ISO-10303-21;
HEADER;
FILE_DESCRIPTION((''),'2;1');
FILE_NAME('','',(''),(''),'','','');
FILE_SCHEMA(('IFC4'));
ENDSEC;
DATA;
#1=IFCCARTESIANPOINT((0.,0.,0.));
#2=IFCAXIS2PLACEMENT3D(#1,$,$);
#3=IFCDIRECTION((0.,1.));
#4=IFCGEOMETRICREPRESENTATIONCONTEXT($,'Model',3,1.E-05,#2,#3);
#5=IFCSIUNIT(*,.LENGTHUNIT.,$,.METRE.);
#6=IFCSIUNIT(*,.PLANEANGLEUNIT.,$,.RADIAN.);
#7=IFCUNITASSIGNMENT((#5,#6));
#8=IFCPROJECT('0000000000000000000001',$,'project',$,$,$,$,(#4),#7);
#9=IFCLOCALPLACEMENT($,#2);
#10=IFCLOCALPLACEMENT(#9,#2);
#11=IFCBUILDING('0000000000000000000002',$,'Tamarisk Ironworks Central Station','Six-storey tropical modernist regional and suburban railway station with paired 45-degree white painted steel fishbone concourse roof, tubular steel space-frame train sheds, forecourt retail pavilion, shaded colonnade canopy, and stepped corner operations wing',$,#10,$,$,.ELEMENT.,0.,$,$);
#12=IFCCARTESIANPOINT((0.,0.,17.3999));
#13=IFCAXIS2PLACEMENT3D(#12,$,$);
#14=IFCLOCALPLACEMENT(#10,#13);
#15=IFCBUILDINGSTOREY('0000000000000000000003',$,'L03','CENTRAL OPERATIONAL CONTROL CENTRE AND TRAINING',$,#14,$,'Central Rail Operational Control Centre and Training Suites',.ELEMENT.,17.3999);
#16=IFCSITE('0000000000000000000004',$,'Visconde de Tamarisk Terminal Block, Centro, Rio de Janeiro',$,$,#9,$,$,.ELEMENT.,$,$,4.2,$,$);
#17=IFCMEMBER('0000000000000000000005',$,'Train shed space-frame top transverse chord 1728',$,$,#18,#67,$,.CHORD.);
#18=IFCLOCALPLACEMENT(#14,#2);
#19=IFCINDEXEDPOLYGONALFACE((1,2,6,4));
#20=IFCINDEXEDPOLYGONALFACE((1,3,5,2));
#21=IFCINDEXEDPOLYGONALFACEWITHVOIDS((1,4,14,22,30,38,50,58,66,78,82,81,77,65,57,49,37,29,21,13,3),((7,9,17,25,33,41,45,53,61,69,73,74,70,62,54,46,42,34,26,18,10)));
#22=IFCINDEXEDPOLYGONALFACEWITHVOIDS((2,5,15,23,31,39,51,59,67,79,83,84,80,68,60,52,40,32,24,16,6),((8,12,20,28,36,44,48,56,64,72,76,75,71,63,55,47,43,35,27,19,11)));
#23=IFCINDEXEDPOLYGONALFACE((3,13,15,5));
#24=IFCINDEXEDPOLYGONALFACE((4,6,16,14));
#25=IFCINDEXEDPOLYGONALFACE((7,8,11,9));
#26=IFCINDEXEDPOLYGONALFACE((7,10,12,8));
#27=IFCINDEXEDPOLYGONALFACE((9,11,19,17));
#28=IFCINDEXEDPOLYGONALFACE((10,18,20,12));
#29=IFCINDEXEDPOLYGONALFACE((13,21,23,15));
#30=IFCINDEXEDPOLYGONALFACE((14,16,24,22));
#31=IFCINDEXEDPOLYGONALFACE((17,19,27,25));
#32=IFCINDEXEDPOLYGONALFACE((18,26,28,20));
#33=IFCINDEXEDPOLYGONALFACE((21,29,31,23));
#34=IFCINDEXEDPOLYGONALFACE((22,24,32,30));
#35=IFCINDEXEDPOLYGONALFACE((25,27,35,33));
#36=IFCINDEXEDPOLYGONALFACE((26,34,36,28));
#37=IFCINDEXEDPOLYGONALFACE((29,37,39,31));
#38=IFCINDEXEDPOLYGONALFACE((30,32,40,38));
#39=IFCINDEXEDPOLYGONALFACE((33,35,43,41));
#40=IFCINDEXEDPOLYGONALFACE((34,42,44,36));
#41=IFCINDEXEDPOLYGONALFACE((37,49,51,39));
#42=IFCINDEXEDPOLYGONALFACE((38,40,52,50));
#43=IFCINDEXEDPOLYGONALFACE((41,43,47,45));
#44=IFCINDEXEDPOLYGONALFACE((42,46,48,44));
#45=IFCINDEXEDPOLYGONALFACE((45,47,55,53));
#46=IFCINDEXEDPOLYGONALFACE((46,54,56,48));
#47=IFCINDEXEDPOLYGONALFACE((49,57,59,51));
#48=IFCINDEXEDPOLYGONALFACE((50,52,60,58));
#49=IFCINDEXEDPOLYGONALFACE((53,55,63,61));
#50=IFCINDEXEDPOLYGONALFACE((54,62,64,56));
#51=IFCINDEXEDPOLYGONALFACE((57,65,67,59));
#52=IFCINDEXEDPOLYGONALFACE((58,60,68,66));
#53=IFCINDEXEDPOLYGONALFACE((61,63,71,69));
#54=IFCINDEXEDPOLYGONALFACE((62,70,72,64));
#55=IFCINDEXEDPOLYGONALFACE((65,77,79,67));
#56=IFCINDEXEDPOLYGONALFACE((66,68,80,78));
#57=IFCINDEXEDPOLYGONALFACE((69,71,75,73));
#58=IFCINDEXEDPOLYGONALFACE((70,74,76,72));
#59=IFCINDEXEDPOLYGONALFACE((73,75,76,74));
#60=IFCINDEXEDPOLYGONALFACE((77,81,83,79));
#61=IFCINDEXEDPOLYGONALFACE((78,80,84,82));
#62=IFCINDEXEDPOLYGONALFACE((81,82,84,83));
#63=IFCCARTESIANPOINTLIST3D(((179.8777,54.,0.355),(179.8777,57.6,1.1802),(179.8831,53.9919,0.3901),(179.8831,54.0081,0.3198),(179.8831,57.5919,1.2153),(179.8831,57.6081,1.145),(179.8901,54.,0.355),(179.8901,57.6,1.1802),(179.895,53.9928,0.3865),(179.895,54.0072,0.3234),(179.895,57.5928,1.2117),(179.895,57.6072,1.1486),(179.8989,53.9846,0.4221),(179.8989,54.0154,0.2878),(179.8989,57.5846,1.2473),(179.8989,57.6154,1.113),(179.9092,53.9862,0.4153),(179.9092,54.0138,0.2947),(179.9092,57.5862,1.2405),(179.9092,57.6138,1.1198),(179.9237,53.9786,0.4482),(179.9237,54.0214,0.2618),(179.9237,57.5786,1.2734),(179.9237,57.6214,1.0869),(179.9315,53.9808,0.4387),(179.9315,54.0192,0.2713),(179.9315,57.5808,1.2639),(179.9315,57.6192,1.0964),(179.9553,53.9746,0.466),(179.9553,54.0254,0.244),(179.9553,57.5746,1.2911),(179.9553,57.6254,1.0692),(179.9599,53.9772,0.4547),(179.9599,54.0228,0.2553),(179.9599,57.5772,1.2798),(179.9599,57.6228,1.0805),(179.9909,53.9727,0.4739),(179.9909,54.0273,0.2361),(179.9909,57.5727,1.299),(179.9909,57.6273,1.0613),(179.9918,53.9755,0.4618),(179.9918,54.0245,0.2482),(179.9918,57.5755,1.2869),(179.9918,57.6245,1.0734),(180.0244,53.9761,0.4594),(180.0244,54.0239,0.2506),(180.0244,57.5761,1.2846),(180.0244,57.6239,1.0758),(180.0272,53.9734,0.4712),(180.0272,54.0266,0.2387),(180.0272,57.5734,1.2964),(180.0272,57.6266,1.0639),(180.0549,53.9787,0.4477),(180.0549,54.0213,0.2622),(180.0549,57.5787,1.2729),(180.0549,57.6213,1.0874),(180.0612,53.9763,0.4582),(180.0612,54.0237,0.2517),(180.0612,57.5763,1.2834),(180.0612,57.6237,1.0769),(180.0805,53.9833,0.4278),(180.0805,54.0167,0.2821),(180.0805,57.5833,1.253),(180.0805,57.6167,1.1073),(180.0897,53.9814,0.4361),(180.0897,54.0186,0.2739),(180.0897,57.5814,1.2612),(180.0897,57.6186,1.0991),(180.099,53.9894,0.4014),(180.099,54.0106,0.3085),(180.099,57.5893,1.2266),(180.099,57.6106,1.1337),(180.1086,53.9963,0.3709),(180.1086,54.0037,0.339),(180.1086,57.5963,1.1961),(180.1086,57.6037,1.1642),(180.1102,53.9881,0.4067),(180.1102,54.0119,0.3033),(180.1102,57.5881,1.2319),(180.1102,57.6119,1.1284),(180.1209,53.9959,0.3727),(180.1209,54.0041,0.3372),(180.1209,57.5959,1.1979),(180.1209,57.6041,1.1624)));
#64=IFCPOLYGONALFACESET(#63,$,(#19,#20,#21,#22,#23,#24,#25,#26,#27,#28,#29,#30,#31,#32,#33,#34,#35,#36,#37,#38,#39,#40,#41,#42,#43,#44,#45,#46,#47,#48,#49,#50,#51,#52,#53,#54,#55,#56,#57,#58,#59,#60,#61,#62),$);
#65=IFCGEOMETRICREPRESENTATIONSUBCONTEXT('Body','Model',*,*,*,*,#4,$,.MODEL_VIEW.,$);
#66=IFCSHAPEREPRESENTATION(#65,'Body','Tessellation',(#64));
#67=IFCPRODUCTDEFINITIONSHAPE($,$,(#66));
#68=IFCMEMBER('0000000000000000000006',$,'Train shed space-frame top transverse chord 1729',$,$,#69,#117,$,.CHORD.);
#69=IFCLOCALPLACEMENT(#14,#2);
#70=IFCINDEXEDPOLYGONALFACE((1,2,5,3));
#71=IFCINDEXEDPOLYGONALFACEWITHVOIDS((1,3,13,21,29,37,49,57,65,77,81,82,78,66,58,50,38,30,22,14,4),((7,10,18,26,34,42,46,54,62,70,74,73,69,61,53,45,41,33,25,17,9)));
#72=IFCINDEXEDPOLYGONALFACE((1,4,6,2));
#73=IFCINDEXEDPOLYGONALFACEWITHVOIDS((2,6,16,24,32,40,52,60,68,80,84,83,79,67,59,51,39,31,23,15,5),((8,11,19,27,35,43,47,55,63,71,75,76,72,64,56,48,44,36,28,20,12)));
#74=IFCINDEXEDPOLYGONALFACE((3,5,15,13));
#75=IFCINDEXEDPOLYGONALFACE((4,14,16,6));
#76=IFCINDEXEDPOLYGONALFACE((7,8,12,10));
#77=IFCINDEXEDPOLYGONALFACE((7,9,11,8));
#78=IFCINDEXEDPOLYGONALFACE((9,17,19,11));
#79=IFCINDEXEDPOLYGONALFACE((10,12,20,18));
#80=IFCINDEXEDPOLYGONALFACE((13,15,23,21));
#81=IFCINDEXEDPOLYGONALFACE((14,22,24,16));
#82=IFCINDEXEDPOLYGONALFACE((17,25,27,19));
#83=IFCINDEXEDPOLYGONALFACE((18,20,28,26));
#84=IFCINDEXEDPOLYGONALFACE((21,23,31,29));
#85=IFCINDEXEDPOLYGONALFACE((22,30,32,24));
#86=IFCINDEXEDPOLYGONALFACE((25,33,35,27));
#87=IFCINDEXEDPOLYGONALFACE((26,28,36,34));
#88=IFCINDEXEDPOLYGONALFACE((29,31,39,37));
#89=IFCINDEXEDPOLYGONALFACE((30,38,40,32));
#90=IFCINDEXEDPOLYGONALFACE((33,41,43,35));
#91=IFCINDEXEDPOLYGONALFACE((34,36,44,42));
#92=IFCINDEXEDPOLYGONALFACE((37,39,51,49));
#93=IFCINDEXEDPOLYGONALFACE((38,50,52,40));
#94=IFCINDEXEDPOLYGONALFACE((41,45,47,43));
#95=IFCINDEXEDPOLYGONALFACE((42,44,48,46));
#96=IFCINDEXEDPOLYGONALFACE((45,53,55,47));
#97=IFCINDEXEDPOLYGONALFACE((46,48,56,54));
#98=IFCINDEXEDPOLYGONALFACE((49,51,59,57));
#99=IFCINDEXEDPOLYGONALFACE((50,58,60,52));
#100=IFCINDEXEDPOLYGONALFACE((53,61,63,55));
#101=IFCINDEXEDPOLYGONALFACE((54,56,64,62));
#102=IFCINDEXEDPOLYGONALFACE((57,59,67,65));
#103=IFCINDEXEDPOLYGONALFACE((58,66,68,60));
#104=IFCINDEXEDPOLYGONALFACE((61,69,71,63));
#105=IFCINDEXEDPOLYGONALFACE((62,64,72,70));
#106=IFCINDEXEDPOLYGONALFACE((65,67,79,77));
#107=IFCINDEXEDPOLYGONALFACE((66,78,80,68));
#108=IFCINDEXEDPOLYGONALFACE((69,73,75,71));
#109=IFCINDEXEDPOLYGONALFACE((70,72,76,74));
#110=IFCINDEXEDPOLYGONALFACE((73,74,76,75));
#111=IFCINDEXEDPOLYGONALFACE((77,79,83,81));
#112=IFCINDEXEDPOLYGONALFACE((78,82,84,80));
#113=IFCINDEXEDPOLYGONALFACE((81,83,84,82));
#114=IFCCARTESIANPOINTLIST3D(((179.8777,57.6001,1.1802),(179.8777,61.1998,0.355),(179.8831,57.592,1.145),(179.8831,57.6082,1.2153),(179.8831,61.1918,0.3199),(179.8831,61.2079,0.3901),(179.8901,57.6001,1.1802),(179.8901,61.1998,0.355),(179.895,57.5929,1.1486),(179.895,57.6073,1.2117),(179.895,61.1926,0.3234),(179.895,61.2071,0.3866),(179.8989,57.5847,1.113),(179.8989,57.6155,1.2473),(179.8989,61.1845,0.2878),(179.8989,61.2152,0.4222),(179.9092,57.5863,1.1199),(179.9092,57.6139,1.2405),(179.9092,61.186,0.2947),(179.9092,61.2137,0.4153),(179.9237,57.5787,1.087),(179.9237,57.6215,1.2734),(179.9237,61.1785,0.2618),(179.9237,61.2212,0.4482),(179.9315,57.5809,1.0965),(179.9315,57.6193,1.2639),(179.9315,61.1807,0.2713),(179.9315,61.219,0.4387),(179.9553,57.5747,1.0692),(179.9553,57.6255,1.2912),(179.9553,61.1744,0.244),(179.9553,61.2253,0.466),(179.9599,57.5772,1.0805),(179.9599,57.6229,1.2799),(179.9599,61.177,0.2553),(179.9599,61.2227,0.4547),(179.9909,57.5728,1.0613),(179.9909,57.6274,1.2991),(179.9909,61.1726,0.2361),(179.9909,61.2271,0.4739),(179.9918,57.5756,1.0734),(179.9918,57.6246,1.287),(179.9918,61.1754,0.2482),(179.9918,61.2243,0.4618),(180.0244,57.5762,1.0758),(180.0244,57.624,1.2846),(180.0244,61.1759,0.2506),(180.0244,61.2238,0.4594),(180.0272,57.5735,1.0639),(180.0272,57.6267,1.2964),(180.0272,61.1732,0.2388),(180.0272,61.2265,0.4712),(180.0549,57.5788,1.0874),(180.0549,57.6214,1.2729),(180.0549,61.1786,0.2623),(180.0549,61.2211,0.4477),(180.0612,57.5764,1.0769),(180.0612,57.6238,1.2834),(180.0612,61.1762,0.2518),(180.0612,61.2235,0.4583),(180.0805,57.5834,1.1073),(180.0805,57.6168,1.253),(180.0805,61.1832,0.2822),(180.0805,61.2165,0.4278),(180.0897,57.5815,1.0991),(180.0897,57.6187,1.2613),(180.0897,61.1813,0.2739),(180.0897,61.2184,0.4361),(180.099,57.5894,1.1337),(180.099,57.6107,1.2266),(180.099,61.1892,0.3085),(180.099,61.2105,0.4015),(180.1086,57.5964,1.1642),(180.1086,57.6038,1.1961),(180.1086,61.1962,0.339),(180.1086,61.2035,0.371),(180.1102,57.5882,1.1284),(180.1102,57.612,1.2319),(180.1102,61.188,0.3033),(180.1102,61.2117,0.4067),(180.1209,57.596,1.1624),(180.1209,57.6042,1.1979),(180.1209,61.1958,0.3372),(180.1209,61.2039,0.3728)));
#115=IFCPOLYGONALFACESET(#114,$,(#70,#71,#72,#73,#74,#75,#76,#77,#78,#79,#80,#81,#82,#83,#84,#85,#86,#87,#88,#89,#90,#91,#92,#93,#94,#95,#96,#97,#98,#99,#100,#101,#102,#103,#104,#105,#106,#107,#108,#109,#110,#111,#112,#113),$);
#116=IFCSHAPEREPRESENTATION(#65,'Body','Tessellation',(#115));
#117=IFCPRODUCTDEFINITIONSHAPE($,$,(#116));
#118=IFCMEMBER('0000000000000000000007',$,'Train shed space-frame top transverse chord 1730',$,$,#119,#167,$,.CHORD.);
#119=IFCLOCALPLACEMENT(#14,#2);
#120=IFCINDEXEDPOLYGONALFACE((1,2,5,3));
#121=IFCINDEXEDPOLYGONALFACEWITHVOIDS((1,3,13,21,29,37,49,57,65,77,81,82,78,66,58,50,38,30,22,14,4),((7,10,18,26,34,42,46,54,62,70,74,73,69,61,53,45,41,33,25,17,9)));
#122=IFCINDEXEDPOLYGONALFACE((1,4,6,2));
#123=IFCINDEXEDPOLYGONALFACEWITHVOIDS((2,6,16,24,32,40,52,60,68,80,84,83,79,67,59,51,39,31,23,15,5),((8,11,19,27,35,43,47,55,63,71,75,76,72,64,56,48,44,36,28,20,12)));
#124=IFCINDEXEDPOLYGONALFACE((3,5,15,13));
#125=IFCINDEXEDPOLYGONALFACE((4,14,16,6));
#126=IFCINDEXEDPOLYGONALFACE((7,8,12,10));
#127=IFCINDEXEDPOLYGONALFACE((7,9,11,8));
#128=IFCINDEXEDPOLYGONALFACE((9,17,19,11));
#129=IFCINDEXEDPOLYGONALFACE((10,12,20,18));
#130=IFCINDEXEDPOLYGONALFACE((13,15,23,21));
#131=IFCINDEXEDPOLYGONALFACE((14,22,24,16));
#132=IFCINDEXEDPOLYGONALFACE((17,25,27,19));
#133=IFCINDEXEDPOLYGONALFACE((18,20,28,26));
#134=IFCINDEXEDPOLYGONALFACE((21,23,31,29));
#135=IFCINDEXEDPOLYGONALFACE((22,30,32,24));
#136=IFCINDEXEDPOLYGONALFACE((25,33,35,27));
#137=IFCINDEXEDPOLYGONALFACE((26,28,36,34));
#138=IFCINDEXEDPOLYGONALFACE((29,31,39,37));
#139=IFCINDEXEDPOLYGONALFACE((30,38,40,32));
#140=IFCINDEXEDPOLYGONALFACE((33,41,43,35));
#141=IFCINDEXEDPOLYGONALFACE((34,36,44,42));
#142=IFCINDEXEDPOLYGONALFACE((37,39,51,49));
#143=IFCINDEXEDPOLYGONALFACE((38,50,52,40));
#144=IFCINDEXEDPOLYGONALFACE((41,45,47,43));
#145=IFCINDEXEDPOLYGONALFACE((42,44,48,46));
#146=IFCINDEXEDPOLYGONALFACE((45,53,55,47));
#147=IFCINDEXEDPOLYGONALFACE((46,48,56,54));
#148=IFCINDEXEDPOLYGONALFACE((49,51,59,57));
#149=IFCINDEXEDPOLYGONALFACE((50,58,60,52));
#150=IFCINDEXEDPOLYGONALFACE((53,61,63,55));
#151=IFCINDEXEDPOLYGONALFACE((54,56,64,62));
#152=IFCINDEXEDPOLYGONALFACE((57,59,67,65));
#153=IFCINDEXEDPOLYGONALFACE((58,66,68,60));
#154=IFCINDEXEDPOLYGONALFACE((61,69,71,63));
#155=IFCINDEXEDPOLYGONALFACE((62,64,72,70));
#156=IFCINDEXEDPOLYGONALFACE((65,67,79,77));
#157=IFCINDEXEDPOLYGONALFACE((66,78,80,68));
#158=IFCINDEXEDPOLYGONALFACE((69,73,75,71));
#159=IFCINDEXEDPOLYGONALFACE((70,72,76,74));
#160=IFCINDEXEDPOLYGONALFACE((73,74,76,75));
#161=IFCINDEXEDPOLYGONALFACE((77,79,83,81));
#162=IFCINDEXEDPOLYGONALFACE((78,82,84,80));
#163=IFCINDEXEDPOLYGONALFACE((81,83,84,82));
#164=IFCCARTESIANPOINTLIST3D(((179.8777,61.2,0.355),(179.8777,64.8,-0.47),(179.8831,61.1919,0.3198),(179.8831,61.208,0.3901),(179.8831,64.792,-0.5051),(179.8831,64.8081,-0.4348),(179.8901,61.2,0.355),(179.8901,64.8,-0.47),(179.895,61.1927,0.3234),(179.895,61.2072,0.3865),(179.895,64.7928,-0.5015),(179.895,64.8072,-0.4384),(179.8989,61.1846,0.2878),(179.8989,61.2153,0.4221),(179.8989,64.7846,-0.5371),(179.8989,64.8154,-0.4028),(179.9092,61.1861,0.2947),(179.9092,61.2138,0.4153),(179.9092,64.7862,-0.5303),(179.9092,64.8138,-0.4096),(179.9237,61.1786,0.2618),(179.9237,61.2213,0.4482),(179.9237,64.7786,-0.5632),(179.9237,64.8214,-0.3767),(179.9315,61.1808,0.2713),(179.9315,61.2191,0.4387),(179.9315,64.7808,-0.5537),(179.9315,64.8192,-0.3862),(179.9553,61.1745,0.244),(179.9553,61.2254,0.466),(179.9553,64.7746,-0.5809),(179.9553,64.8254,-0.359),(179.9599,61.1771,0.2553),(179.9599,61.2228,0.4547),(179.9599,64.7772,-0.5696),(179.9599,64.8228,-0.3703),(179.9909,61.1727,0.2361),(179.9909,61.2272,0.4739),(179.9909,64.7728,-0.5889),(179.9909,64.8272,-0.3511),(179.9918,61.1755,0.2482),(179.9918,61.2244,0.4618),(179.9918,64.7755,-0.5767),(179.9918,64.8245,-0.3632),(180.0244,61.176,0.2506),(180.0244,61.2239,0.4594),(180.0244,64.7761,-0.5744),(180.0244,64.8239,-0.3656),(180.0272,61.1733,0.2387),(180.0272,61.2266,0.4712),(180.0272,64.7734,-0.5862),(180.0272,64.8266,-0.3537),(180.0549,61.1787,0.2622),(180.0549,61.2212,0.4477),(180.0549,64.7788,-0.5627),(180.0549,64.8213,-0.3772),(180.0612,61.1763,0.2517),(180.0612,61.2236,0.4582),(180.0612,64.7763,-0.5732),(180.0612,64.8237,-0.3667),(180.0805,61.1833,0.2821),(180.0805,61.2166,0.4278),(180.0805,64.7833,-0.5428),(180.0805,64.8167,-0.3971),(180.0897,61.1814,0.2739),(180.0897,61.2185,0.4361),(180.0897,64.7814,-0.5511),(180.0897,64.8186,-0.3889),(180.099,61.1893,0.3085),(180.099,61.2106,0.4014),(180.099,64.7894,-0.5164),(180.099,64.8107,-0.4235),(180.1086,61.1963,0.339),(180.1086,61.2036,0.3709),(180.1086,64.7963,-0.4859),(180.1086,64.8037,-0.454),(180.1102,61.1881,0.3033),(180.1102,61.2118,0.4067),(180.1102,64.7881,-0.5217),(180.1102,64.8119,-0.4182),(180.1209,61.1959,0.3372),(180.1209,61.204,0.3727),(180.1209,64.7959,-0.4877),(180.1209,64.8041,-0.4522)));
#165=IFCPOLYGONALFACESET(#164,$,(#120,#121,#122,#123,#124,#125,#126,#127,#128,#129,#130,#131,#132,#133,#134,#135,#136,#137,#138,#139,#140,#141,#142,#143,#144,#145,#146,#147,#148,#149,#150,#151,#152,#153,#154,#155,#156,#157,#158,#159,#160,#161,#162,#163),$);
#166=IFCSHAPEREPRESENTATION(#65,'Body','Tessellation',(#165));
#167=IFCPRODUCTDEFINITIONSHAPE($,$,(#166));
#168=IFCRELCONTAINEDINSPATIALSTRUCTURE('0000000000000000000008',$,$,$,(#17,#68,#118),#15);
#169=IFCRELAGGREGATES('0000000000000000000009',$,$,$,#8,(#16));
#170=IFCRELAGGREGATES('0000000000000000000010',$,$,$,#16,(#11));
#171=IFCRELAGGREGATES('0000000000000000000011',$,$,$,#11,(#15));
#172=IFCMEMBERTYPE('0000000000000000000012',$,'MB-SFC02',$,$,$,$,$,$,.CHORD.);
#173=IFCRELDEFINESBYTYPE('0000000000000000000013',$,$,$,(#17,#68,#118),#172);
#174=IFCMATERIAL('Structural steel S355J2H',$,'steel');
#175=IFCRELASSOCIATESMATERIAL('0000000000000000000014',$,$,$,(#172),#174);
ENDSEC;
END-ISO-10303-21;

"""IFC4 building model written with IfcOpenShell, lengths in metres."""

from ifc_helpers import new_model, si_unit, direction, frame, origin, origin_2d, place, context, subcontext, project, spatial, hollow_circle, extrude, material, material_profile, profile_set, type_object, element, save


model = new_model("IFC4")

# Units and contexts
model_context = context("Model", 3, precision=1e-05, world=origin(), true_north=direction((0.0, 1.0)))
body_context = subcontext(model_context, "Body", "Model", "MODEL_VIEW")
ifc_project = project(units=[si_unit("LENGTHUNIT", "METRE"), si_unit("PLANEANGLEUNIT", "RADIAN")], contexts=[model_context])

# Site, building, storey
site_placement = place(None, origin())
site = spatial("IfcSite", under=ifc_project, at=site_placement, Name="Visconde de Tamarisk Terminal Block, Centro, Rio de Janeiro", CompositionType="ELEMENT", RefElevation=4.2)
building_placement = place(site_placement, origin())
building = spatial("IfcBuilding", under=site, at=building_placement, Name="Tamarisk Ironworks Central Station", Description="Six-storey tropical modernist regional and suburban railway station with paired 45-degree white painted steel fishbone concourse roof, tubular steel space-frame train sheds, forecourt retail pavilion, shaded colonnade canopy, and stepped corner operations wing", CompositionType="ELEMENT", ElevationOfRefHeight=0.0)
storey_placement = place(building_placement, frame((0.0, 0.0, 17.3999)))
storey = spatial("IfcBuildingStorey", under=building, at=storey_placement, Name="L03", Description="CENTRAL OPERATIONAL CONTROL CENTRE AND TRAINING", LongName="Central Rail Operational Control Centre and Training Suites", CompositionType="ELEMENT", Elevation=17.3999)

# Members
ifc_material = material(Name="Structural steel S355J2H", Category="steel")
ifc_material_profile_1 = material_profile(ifc_material, hollow_circle(Radius=0.1223, WallThickness=0.0125, at=origin_2d()), Name="CHS 244.5x12.5")
ifc_profile_set_1 = profile_set([ifc_material_profile_1], Name="Structural steel S355J2H")
member_type_1 = type_object("IfcMemberType", Name="MB-SFC02", PredefinedType="CHORD", material=ifc_profile_set_1)
for number, where, z_axis, x_axis, name in (
    (1, (180.0, 54.0, 0.355), (0.0, 0.974722, 0.223421), (-1.0, 0.0, 0.0), "Train shed space-frame top transverse chord 1728"),
):
    element("IfcMember", number, at=place(storey_placement, frame(where, z_axis=z_axis, x_axis=x_axis)), inside=storey, type_object=member_type_1, Name=name, PredefinedType="CHORD", context=body_context, shape_type="SweptSolid", body=[
        extrude(hollow_circle(Radius=0.1223, WallThickness=0.0125, at=origin_2d()), origin(), (0.0, 0.0, 1.0), 3.6934),
    ])
member_1_placement = place(storey_placement, frame((180.0, 57.6001, 1.1802), z_axis=(0.0, 0.974719, -0.223435), x_axis=(-1.0, 0.0, 0.0)))
element("IfcMember", 2, at=member_1_placement, inside=storey, type_object=member_type_1, Name="Train shed space-frame top transverse chord 1729", PredefinedType="CHORD", context=body_context, shape_type="SweptSolid", body=[
    extrude(hollow_circle(Radius=0.1223, WallThickness=0.0125, at=origin_2d()), origin(), (0.0, 0.0, 1.0), 3.6931),
])
member_2_placement = place(storey_placement, frame((180.0, 61.2, 0.355), z_axis=(0.0, 0.974737, -0.223358), x_axis=(-1.0, 0.0, 0.0)))
element("IfcMember", 3, at=member_2_placement, inside=storey, type_object=member_type_1, Name="Train shed space-frame top transverse chord 1730", PredefinedType="CHORD", context=body_context, shape_type="SweptSolid", body=[
    extrude(hollow_circle(Radius=0.1223, WallThickness=0.0125, at=origin_2d()), origin(), (0.0, 0.0, 1.0), 3.6934),
])

save(model, "model.ifc")
